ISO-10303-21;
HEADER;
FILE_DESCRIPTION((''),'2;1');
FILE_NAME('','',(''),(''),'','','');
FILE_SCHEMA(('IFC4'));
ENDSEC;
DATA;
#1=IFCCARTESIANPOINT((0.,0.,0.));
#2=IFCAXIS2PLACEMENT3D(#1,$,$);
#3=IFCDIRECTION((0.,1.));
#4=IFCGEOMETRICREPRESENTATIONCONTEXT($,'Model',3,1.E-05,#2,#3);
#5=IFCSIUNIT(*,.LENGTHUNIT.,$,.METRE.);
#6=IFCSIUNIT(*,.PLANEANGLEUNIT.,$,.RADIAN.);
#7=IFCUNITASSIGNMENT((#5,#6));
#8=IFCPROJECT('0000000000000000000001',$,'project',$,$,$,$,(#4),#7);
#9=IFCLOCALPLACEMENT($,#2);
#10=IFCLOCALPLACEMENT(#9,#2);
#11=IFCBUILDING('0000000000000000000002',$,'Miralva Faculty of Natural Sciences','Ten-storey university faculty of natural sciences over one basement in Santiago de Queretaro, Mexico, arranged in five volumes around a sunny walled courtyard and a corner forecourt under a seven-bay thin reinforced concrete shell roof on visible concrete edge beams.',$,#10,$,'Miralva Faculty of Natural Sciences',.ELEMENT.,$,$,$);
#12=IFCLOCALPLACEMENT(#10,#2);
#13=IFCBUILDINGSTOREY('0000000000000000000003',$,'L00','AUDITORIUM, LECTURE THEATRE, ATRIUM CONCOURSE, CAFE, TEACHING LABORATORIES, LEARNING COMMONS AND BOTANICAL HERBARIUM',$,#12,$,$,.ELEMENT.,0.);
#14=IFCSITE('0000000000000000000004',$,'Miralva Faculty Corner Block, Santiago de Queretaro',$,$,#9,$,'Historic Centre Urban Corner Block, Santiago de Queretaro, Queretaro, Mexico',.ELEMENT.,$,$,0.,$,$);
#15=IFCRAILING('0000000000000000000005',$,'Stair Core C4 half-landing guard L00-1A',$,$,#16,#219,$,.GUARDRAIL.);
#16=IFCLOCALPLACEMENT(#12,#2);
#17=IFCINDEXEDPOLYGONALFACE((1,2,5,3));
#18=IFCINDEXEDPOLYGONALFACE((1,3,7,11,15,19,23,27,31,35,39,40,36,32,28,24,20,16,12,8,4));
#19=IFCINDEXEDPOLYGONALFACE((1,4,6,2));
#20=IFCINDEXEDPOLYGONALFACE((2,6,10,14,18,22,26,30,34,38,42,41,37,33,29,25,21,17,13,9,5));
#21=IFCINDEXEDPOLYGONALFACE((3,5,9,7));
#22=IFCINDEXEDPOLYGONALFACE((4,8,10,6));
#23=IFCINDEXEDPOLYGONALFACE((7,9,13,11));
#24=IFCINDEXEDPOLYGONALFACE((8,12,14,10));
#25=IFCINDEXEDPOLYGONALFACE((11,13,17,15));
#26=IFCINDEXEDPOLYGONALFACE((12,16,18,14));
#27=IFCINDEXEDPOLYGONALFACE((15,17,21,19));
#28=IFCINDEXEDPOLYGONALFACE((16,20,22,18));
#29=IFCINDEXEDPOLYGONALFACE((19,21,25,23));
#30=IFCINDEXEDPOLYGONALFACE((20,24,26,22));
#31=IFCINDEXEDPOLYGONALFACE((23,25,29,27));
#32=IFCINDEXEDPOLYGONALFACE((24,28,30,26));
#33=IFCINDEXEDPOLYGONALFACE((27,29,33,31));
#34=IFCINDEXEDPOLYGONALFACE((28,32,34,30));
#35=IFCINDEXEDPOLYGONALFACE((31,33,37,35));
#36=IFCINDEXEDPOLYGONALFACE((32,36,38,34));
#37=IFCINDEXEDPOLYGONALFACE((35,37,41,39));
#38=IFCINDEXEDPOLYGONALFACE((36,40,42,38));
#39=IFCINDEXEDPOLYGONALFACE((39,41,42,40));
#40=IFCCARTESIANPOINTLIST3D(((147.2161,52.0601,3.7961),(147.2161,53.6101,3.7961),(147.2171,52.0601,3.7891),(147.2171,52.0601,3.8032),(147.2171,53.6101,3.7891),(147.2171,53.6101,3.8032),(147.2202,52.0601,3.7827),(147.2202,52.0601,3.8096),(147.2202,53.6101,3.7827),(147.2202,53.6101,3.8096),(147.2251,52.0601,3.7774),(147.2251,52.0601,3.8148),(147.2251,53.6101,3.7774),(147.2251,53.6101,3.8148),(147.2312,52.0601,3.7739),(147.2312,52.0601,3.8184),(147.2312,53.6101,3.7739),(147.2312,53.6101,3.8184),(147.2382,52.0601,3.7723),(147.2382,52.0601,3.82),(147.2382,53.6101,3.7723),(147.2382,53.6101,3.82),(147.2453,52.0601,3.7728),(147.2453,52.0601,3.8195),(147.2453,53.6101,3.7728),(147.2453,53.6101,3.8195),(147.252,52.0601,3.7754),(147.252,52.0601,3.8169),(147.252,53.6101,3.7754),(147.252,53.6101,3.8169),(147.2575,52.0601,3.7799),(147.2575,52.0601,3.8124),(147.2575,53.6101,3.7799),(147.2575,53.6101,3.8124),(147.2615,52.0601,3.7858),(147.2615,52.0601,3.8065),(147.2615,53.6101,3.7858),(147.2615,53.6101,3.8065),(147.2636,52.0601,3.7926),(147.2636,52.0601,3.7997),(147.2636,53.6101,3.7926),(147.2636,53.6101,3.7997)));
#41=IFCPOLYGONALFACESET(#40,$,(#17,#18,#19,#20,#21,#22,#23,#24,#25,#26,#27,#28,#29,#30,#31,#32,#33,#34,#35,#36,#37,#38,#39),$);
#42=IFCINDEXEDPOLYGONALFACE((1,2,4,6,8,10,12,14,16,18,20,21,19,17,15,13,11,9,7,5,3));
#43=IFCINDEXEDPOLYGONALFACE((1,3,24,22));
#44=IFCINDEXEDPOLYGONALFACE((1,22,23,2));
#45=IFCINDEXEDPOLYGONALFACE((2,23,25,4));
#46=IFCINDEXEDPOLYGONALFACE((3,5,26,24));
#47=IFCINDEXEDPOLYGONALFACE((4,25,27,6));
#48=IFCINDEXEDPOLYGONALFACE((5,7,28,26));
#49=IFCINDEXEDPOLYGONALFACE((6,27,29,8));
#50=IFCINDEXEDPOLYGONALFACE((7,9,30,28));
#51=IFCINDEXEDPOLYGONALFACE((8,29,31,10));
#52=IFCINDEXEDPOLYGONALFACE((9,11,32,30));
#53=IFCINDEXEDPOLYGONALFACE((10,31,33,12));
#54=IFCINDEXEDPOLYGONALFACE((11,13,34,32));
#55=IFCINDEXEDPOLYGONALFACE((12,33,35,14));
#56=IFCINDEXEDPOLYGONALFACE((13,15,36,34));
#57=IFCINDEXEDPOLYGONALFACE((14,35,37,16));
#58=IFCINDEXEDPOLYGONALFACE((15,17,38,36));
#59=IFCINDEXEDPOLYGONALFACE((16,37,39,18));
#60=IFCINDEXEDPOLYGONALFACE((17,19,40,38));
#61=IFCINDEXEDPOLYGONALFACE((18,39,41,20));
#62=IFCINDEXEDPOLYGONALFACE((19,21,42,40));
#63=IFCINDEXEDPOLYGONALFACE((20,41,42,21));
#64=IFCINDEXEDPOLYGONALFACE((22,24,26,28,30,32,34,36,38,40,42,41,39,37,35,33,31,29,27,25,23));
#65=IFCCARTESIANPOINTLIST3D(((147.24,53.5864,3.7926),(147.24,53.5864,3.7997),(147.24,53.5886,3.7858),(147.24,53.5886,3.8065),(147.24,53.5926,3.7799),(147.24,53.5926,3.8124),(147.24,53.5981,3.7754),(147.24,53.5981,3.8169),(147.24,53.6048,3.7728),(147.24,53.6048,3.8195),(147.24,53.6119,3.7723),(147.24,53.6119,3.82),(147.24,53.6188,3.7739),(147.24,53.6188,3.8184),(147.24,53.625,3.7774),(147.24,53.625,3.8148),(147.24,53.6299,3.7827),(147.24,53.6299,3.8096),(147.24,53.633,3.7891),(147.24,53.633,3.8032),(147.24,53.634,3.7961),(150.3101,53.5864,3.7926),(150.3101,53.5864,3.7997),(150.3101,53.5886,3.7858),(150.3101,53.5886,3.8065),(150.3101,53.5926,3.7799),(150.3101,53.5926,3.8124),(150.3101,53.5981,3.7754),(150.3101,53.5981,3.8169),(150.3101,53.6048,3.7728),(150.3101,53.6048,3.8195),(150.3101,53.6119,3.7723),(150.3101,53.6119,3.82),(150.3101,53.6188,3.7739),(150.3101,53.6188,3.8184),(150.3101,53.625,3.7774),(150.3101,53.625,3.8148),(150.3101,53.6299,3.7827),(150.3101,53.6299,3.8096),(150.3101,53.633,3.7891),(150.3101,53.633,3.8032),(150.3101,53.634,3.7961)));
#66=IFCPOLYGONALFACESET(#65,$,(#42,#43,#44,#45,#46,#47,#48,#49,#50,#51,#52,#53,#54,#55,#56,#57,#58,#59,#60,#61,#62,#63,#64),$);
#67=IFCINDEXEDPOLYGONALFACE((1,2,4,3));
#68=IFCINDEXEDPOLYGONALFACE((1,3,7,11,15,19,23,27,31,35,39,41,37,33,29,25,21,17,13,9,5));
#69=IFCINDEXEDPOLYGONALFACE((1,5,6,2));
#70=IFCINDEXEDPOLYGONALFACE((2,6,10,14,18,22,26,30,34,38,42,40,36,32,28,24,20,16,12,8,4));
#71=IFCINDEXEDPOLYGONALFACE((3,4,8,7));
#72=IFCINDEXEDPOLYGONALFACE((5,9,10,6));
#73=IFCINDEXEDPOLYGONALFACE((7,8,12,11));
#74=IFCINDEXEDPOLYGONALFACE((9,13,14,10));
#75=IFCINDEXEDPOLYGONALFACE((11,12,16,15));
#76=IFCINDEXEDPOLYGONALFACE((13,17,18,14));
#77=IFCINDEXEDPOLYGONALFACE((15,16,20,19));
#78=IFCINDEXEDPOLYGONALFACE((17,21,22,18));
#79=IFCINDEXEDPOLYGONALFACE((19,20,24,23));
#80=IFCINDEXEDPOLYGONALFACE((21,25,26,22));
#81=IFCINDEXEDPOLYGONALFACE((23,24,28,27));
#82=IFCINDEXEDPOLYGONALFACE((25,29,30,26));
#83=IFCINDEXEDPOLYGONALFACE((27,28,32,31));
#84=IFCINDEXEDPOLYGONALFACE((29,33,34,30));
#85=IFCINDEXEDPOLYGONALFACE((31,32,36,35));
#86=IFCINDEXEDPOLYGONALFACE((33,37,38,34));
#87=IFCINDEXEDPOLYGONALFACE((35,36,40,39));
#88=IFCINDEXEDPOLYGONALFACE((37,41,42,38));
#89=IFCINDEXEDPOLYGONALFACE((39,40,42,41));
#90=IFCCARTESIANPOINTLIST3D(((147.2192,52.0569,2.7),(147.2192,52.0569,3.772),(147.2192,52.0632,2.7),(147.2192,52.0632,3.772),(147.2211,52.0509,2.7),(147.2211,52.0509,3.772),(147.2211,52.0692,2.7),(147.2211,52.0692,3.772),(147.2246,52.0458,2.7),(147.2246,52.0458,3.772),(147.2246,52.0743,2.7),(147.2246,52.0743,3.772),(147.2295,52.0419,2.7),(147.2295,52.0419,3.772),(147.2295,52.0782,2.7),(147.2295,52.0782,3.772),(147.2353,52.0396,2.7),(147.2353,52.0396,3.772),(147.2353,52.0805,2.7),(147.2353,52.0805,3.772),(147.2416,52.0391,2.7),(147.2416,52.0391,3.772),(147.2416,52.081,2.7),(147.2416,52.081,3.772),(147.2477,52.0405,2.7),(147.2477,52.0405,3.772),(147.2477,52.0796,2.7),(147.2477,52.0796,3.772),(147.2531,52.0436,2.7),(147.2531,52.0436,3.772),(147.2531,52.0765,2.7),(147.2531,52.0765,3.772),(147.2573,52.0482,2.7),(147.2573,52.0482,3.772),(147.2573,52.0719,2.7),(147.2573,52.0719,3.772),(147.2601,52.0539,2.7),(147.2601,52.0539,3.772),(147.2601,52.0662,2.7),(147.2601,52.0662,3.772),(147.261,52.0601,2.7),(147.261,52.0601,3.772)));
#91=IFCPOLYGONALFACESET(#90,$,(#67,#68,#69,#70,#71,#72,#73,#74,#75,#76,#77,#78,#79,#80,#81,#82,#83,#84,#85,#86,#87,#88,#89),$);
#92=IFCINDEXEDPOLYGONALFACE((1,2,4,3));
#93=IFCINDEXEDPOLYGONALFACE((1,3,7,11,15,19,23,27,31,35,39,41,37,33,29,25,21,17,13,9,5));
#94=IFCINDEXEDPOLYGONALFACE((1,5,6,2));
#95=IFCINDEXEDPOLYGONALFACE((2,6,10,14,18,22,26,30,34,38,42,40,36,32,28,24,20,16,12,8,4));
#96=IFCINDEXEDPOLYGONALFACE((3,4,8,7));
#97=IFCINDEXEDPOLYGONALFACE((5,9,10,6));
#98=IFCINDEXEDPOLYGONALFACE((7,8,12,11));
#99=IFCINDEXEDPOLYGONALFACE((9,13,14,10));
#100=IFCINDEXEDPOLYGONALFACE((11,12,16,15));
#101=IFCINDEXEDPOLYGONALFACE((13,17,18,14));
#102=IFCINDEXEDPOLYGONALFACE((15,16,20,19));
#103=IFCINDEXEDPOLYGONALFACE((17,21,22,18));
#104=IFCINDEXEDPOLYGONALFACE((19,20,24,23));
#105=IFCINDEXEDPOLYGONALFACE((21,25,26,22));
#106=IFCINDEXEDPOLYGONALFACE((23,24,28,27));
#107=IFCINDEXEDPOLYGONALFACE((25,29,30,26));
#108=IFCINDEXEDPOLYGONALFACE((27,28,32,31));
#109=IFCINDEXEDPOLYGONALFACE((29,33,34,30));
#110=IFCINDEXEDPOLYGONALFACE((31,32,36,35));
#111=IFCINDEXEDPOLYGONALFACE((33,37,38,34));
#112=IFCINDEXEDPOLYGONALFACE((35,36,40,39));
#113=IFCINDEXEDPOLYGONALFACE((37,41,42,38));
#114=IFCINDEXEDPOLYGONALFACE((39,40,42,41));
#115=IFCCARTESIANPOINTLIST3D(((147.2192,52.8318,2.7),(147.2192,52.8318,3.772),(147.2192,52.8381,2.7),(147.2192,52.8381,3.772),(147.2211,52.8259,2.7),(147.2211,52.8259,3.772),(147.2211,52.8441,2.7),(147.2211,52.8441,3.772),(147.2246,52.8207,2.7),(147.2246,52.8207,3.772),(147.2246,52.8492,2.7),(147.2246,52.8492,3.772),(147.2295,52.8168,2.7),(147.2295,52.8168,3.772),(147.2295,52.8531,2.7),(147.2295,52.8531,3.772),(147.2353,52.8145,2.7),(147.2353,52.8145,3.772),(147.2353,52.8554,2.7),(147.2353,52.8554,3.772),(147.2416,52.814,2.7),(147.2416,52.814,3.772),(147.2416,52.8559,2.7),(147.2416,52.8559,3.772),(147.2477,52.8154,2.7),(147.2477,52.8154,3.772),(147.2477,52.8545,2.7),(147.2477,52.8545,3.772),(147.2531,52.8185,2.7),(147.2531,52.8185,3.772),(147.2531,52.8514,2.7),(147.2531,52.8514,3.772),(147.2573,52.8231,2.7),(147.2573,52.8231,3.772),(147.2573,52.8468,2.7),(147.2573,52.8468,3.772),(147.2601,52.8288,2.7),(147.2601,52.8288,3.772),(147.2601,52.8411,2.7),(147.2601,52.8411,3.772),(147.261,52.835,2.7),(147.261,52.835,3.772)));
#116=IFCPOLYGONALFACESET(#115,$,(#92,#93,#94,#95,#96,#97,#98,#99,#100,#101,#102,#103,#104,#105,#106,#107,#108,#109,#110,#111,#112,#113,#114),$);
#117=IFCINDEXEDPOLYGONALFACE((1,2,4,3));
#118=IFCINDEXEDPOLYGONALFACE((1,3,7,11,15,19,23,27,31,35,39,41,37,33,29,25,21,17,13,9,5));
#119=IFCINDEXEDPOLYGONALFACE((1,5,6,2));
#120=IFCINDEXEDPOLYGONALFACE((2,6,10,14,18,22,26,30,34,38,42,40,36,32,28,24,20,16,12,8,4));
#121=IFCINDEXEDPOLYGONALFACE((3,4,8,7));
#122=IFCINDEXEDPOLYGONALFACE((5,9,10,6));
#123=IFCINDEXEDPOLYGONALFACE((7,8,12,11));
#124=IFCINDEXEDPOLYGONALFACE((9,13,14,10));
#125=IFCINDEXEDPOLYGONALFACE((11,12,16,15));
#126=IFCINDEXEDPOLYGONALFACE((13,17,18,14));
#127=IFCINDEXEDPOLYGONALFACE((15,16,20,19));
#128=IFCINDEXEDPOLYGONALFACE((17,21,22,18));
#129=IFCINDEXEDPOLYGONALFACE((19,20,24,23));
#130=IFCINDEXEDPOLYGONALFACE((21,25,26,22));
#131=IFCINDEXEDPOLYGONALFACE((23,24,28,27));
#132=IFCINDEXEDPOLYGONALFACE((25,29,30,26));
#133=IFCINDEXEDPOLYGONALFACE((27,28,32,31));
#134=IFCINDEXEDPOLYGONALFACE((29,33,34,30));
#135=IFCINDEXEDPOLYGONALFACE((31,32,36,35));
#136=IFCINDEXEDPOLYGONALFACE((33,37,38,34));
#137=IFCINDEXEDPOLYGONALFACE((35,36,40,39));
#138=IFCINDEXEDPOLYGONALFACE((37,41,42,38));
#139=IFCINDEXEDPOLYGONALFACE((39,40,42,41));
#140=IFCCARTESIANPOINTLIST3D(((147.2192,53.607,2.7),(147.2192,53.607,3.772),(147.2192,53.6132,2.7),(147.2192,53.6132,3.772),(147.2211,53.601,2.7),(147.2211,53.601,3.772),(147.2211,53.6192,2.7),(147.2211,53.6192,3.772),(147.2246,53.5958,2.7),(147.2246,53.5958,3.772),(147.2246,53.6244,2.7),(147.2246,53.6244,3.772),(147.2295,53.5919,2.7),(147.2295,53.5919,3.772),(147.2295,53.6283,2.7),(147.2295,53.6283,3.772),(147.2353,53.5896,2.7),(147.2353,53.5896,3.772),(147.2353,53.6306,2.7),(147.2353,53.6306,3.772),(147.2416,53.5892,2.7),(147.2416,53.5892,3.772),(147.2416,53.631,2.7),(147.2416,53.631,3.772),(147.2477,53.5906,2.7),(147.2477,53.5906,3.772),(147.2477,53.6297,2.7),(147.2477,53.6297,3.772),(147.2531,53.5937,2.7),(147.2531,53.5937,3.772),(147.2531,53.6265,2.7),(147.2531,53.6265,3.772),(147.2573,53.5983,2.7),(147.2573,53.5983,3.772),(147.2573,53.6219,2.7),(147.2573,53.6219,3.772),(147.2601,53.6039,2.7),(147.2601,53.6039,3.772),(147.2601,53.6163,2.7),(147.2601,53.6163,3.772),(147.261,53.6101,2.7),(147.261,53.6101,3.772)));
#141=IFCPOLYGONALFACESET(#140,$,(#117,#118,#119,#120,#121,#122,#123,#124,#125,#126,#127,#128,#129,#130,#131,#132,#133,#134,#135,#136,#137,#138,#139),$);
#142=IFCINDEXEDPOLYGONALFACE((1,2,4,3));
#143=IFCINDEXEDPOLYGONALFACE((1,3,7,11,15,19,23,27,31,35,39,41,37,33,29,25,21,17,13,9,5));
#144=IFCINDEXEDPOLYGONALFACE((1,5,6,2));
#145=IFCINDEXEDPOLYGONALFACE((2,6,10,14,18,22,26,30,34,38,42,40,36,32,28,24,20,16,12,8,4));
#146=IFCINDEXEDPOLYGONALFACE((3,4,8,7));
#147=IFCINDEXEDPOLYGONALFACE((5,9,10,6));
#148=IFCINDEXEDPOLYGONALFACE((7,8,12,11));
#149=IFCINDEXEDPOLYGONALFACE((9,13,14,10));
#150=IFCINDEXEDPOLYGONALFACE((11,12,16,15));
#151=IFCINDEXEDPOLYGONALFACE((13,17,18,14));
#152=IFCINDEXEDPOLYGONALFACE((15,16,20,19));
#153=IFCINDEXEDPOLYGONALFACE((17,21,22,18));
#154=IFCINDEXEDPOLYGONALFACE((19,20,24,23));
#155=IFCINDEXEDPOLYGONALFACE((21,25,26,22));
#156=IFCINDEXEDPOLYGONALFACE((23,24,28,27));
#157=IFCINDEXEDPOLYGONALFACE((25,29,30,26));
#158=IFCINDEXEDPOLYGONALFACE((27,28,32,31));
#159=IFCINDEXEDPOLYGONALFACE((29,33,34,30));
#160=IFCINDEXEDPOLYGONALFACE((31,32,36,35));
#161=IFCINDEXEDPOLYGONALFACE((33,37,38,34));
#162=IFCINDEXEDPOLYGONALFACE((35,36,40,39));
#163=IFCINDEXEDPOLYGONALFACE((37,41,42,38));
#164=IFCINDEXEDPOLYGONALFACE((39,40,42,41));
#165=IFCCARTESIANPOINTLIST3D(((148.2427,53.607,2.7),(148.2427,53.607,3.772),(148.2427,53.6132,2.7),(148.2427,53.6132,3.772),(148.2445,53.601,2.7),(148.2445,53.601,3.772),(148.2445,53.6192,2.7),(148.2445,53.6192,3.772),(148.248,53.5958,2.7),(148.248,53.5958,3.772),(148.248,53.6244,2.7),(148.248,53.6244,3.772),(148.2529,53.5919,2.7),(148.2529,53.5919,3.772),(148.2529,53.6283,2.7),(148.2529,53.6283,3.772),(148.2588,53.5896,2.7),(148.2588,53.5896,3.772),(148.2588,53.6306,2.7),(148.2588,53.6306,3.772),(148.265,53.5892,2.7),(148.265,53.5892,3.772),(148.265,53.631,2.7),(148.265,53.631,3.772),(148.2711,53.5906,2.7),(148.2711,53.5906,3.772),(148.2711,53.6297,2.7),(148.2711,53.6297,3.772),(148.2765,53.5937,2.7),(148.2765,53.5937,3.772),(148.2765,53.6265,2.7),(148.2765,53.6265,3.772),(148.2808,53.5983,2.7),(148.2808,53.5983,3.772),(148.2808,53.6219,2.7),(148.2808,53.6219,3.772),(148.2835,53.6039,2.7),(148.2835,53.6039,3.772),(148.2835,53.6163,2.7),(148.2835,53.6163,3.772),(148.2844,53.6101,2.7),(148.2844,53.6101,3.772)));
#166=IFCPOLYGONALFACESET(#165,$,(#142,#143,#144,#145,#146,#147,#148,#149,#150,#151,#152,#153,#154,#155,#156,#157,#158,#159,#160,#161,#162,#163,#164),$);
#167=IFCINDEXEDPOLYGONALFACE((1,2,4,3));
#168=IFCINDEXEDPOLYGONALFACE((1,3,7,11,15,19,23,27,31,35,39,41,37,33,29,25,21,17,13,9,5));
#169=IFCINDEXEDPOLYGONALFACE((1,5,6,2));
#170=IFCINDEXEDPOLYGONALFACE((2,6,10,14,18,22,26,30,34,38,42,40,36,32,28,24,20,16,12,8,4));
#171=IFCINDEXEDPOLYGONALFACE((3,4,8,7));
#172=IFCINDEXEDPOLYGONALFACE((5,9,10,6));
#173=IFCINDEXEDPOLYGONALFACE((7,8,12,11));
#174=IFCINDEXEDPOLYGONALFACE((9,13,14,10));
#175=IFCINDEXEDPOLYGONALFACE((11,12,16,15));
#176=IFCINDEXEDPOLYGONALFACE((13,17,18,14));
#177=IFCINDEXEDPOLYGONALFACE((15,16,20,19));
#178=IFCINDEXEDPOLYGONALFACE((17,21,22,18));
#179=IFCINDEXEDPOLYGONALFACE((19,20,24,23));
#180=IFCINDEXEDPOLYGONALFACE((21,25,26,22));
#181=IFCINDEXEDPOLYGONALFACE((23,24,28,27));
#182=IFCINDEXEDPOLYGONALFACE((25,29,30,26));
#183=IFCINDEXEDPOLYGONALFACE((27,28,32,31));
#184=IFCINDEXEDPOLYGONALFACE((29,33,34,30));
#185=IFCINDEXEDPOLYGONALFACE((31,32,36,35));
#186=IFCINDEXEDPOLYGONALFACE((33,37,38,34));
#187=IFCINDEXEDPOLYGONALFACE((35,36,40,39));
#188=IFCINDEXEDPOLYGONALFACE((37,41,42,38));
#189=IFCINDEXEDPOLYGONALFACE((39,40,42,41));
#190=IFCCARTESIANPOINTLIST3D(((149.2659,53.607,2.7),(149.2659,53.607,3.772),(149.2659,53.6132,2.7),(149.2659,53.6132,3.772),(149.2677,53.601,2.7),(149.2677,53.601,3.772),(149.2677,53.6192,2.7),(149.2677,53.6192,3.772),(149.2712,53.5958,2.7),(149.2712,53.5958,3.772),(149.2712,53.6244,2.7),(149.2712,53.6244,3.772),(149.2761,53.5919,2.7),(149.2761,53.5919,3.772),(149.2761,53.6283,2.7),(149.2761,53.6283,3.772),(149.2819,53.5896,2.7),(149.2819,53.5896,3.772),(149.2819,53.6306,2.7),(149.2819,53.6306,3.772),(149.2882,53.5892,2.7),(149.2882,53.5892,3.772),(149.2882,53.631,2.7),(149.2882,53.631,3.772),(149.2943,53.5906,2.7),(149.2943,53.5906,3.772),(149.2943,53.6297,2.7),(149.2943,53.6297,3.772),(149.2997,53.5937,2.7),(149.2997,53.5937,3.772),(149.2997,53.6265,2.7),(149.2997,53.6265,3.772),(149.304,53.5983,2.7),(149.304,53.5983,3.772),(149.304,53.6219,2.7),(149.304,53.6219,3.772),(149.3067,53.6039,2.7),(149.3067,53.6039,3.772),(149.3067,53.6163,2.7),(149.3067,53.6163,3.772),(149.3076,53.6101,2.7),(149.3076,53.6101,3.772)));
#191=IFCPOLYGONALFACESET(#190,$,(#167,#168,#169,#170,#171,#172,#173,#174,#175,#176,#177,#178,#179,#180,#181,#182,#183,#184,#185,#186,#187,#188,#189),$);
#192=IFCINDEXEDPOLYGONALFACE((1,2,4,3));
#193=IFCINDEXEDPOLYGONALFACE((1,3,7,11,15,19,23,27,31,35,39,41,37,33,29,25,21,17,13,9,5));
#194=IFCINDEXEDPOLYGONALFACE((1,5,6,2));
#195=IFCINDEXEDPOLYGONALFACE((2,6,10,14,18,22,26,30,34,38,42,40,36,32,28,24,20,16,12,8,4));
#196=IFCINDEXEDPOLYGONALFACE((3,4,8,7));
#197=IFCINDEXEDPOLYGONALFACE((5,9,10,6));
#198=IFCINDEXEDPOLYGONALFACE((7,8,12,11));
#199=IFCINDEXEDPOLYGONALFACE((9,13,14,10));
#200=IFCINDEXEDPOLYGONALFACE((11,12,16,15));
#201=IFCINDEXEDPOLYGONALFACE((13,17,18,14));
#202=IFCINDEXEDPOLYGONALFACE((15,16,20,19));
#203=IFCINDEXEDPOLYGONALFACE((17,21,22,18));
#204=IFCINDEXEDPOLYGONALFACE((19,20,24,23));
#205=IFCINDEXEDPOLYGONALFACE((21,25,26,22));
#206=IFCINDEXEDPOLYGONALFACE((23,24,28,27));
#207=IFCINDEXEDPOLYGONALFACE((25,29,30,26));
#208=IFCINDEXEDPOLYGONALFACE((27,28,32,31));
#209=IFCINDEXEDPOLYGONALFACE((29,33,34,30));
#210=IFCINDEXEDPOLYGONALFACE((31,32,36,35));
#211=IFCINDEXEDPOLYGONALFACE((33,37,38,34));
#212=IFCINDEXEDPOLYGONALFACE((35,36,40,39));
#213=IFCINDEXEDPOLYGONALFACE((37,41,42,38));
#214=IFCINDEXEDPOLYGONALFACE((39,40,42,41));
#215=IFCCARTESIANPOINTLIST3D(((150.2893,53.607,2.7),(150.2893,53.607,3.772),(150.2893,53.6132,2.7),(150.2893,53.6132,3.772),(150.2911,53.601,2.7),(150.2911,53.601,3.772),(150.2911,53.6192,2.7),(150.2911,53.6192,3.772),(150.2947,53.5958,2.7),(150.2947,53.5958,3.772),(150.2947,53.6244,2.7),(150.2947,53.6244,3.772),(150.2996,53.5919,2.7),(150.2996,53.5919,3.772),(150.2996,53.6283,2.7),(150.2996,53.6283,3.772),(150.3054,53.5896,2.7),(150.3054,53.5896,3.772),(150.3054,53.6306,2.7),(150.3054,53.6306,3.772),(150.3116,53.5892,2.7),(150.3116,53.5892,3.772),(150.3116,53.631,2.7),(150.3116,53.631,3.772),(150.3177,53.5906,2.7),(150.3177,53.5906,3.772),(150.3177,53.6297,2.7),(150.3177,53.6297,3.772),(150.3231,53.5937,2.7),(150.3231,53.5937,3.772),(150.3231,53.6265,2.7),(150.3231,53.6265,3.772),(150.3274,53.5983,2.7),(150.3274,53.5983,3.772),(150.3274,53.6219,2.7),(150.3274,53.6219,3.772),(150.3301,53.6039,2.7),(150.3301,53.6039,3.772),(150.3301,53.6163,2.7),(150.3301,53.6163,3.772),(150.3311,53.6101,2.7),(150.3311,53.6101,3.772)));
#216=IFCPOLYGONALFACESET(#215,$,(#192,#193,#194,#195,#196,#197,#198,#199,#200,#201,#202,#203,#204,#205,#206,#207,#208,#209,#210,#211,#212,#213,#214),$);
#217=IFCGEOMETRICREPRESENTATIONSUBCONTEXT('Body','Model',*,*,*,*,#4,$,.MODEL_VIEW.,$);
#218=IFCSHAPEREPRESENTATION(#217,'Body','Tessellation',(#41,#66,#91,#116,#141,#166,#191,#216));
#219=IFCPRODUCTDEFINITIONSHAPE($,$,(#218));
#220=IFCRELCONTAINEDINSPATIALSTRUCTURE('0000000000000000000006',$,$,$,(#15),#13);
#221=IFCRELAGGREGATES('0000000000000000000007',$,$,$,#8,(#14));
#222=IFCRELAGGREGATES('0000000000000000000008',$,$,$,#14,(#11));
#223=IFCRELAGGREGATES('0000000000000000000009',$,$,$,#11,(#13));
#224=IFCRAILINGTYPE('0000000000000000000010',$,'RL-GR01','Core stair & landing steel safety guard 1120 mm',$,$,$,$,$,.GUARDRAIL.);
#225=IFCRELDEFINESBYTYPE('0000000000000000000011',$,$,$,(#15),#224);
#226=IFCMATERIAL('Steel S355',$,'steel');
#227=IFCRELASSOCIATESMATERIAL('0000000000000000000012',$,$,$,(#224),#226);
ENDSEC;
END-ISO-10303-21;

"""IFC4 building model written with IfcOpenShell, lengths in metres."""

from ifc_helpers import new_model, si_unit, direction, frame, origin, origin_2d, place, context, subcontext, project, spatial, circle, extrude, material, type_object, element, save


model = new_model("IFC4")

# Units and contexts
model_context = context("Model", 3, precision=1e-05, world=origin(), true_north=direction((0.0, 1.0)))
body_context = subcontext(model_context, "Body", "Model", "MODEL_VIEW")
ifc_project = project(units=[si_unit("LENGTHUNIT", "METRE"), si_unit("PLANEANGLEUNIT", "RADIAN")], contexts=[model_context])

# Site, building, storey
site_placement = place(None, origin())
site = spatial("IfcSite", under=ifc_project, at=site_placement, Name="Miralva Faculty Corner Block, Santiago de Queretaro", LongName="Historic Centre Urban Corner Block, Santiago de Queretaro, Queretaro, Mexico", CompositionType="ELEMENT", RefElevation=0.0)
building_placement = place(site_placement, origin())
building = spatial("IfcBuilding", under=site, at=building_placement, Name="Miralva Faculty of Natural Sciences", Description="Ten-storey university faculty of natural sciences over one basement in Santiago de Queretaro, Mexico, arranged in five volumes around a sunny walled courtyard and a corner forecourt under a seven-bay thin reinforced concrete shell roof on visible concrete edge beams.", LongName="Miralva Faculty of Natural Sciences", CompositionType="ELEMENT")
storey_placement = place(building_placement, origin())
storey = spatial("IfcBuildingStorey", under=building, at=storey_placement, Name="L00", Description="AUDITORIUM, LECTURE THEATRE, ATRIUM CONCOURSE, CAFE, TEACHING LABORATORIES, LEARNING COMMONS AND BOTANICAL HERBARIUM", CompositionType="ELEMENT", Elevation=0.0)

# Railing
ifc_material_1 = material(Name="Steel S355", Category="steel")
railing_type = type_object("IfcRailingType", Name="RL-GR01", Description="Core stair & landing steel safety guard 1120 mm", PredefinedType="GUARDRAIL", material=ifc_material_1)
railing_1_placement = place(storey_placement, frame((147.24, 52.0601, 2.7)))
element("IfcRailing", 1, at=railing_1_placement, inside=storey, type_object=railing_type, Name="Stair Core C4 half-landing guard L00-1A", PredefinedType="GUARDRAIL", context=body_context, shape_type="SweptSolid", body=[
    extrude(circle(Radius=0.0239, at=origin_2d()), frame((0.0, 0.0, 1.0962), z_axis=(0.0, 1.0, 0.0), x_axis=(-1.0, 0.0, 0.0)), (0.0, 0.0, 1.0), 1.55),
    extrude(circle(Radius=0.0239, at=origin_2d()), frame((0.0, 1.55, 1.0962), z_axis=(1.0, 0.0, 0.0), x_axis=(0.0, 1.0, 0.0)), (0.0, 0.0, 1.0), 3.0701),
    extrude(circle(Radius=0.021, at=origin_2d()), origin(), (0.0, 0.0, 1.0), 1.072),
    extrude(circle(Radius=0.021, at=origin_2d()), frame((0.0, 0.7749, 0.0)), (0.0, 0.0, 1.0), 1.072),
    extrude(circle(Radius=0.021, at=origin_2d()), frame((0.0, 1.55, 0.0)), (0.0, 0.0, 1.0), 1.072),
    extrude(circle(Radius=0.021, at=origin_2d()), frame((1.0234, 1.55, 0.0)), (0.0, 0.0, 1.0), 1.072),
    extrude(circle(Radius=0.021, at=origin_2d()), frame((2.0466, 1.55, 0.0)), (0.0, 0.0, 1.0), 1.072),
    extrude(circle(Radius=0.021, at=origin_2d()), frame((3.0701, 1.55, 0.0)), (0.0, 0.0, 1.0), 1.072),
])

save(model, "model.ifc")
